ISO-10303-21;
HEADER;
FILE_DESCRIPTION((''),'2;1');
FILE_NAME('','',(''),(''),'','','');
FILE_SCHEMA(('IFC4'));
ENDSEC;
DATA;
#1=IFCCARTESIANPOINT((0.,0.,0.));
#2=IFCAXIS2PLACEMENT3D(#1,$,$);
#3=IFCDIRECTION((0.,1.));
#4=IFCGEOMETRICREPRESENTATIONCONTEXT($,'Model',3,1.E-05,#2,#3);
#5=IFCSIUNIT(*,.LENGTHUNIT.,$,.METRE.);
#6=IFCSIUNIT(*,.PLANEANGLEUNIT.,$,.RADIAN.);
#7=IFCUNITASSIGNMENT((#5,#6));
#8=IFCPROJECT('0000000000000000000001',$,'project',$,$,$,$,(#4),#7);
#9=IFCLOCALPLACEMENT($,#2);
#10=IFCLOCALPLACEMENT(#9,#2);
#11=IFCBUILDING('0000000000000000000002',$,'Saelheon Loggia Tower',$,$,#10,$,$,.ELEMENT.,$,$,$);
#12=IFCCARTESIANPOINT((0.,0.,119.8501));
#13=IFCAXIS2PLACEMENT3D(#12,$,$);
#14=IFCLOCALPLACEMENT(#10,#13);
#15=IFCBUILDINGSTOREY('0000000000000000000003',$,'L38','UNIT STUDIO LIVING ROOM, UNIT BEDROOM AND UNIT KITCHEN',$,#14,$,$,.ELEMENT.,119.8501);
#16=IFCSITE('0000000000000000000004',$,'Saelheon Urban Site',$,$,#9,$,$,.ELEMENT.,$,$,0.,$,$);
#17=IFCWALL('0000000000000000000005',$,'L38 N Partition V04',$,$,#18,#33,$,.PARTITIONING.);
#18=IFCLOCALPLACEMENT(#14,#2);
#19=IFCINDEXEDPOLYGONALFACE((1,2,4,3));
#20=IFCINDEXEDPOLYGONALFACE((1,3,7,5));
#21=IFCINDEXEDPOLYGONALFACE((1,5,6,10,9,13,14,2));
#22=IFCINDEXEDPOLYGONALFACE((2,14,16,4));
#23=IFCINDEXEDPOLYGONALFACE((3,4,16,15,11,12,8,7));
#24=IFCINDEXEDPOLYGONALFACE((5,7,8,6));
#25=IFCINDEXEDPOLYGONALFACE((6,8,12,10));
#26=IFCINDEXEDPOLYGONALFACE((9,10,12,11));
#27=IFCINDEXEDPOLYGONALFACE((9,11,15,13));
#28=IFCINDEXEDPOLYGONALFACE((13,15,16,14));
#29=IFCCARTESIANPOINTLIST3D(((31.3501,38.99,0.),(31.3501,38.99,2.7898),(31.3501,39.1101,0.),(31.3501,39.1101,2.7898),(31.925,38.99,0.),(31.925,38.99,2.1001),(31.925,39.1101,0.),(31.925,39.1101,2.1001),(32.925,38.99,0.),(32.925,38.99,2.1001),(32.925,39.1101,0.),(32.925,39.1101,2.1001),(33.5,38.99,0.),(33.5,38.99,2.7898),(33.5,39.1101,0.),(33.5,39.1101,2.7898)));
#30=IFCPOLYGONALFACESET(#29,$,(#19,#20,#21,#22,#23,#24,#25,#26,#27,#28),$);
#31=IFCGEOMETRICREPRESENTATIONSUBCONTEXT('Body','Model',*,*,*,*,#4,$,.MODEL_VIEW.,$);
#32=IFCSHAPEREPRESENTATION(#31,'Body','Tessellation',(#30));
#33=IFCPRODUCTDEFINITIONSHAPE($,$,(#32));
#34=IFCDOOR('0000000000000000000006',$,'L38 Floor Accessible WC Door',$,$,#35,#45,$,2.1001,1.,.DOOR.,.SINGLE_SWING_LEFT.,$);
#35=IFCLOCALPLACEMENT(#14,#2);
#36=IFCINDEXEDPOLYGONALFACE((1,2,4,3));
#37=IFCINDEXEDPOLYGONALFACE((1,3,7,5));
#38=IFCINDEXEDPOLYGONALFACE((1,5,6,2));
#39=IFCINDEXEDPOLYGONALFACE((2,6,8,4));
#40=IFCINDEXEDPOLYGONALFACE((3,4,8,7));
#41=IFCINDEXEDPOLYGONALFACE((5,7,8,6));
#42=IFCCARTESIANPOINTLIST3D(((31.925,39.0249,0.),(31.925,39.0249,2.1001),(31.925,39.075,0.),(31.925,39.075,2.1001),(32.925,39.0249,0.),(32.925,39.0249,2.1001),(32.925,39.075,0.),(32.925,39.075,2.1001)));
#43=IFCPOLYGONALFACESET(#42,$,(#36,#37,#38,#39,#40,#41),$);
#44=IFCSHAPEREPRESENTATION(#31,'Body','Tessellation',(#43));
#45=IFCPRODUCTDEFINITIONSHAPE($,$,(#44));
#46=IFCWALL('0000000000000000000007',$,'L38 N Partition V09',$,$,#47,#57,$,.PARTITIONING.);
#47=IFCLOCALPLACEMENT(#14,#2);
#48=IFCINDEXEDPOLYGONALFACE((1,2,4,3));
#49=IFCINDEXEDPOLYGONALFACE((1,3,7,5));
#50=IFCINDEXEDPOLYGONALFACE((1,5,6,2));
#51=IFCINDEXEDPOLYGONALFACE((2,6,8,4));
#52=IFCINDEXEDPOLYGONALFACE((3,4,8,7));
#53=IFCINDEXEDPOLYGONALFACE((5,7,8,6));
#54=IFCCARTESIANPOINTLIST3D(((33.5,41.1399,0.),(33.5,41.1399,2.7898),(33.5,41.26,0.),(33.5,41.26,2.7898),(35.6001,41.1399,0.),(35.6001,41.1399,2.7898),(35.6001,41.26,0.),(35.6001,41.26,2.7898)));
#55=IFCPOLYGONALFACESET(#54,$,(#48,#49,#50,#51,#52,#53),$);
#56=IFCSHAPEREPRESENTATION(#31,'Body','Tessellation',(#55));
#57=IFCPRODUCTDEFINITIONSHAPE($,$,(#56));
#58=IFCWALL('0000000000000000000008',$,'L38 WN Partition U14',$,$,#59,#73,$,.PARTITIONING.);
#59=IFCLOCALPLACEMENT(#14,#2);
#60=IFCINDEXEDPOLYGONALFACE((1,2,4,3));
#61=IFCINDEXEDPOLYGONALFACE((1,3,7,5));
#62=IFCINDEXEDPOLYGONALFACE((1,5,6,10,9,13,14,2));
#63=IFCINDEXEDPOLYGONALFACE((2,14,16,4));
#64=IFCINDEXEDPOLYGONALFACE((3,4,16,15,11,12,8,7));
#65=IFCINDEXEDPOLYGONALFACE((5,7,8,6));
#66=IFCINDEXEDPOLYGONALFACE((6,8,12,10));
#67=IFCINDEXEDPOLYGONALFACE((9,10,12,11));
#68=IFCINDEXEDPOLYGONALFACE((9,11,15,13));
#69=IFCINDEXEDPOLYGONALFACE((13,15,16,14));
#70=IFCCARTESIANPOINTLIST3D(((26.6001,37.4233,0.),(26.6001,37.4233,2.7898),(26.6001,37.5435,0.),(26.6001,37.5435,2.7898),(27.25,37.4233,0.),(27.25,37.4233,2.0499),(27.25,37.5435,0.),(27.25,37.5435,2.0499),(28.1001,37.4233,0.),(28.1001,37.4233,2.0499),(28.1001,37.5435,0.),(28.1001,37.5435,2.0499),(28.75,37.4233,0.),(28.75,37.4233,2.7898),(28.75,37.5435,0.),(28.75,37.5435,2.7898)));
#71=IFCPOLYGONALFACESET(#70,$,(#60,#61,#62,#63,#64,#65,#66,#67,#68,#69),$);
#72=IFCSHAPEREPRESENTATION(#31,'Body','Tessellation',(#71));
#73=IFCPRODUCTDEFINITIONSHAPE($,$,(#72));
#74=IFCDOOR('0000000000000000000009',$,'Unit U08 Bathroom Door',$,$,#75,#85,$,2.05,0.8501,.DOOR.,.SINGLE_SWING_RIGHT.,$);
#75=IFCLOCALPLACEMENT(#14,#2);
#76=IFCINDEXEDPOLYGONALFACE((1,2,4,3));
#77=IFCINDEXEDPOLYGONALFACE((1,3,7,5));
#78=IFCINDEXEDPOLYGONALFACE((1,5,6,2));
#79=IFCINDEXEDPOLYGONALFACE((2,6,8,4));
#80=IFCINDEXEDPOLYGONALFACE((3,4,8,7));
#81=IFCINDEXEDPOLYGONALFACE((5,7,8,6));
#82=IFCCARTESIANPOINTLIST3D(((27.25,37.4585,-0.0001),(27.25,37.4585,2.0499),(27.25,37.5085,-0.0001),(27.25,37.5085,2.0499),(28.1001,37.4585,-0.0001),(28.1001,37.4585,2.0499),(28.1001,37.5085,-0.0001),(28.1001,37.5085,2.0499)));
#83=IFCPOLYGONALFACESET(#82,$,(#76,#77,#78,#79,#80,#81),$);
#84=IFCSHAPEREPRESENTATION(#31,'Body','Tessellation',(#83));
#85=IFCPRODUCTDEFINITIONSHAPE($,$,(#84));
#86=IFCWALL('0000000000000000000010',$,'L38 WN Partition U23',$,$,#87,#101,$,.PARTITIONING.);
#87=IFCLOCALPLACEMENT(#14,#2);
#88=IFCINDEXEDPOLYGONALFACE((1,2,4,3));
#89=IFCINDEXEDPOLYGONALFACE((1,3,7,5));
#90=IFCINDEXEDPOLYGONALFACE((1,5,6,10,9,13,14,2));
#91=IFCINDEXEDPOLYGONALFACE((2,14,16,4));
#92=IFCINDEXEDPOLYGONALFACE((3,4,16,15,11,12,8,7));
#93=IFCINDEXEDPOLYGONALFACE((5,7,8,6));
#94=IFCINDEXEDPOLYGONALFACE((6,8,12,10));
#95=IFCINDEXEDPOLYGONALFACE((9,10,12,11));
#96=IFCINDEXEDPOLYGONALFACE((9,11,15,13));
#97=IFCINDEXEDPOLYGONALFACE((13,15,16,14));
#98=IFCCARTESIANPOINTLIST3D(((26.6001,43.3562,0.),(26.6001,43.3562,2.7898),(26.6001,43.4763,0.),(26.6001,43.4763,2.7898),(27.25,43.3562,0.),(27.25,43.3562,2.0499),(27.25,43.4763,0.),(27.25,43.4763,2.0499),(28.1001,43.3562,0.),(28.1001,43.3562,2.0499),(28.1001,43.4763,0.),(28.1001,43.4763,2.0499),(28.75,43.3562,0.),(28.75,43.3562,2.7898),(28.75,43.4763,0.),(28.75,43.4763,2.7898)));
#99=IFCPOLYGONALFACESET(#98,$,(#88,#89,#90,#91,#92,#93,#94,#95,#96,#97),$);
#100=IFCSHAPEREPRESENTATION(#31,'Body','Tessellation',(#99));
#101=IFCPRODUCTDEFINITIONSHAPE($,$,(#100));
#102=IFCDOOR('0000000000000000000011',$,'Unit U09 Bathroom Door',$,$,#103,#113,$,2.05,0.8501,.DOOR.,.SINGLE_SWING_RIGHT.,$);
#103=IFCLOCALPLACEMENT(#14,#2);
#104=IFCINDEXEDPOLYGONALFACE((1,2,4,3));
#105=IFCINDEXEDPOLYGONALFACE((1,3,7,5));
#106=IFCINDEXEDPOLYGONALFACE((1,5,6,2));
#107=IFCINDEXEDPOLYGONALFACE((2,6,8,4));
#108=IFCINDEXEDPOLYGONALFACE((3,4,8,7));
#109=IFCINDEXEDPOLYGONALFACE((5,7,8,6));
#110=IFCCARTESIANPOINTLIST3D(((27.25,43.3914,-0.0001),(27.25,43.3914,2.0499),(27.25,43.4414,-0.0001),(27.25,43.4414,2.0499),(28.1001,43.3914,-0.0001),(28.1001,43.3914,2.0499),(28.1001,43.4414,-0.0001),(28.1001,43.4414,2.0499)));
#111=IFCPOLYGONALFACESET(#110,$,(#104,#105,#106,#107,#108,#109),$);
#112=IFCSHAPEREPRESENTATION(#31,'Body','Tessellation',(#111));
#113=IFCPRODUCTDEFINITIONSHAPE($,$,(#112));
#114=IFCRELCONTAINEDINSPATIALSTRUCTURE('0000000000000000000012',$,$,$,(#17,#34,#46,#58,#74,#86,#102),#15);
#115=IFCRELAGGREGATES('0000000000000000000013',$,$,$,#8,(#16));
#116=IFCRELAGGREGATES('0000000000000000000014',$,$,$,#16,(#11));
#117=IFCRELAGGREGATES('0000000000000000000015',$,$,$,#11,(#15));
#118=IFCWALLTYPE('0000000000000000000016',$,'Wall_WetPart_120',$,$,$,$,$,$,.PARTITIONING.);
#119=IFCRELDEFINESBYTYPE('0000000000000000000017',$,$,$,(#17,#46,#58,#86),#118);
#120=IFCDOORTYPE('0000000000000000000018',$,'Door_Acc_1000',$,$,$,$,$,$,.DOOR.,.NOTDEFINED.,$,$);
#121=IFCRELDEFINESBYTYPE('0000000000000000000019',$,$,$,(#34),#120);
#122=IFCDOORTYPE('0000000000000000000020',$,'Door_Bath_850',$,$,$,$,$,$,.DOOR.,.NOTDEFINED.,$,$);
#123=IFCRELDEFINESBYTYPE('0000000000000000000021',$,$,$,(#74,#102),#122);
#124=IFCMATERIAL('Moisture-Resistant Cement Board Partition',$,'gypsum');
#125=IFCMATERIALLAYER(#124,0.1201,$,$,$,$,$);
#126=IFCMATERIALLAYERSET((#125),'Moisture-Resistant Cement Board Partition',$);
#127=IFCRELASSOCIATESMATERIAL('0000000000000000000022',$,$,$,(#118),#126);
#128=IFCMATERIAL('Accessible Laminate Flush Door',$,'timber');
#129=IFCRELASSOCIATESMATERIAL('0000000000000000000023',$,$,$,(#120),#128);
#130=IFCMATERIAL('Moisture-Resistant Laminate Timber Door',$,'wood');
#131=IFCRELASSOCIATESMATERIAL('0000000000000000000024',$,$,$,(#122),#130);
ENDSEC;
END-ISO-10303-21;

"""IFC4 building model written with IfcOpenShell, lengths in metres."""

from ifc_helpers import new_model, si_unit, direction, frame, frame_2d, origin, place, context, subcontext, project, spatial, rectangle, extrude, source, transform, mapped, material, layer, layer_set, type_object, element, fill, save


model = new_model("IFC4")

# Units and contexts
model_context = context("Model", 3, precision=1e-05, world=origin(), true_north=direction((0.0, 1.0)))
body_context = subcontext(model_context, "Body", "Model", "MODEL_VIEW")
ifc_project = project(units=[si_unit("LENGTHUNIT", "METRE"), si_unit("PLANEANGLEUNIT", "RADIAN")], contexts=[model_context])

# Site, building, storey
site_placement = place(None, origin())
site = spatial("IfcSite", under=ifc_project, at=site_placement, Name="Saelheon Urban Site", CompositionType="ELEMENT", RefElevation=0.0)
building_placement = place(site_placement, origin())
building = spatial("IfcBuilding", under=site, at=building_placement, Name="Saelheon Loggia Tower", CompositionType="ELEMENT")
storey_placement = place(building_placement, frame((0.0, 0.0, 119.8501)))
storey = spatial("IfcBuildingStorey", under=building, at=storey_placement, Name="L38", Description="UNIT STUDIO LIVING ROOM, UNIT BEDROOM AND UNIT KITCHEN", CompositionType="ELEMENT", Elevation=119.8501)

# Wall, opening, door
ifc_material_1 = material(Name="Moisture-Resistant Cement Board Partition", Category="gypsum")
ifc_layer_1 = layer(ifc_material_1, 0.1201)
ifc_layer_set_1 = layer_set([ifc_layer_1], Name="Moisture-Resistant Cement Board Partition")
wall_type_1 = type_object("IfcWallType", Name="Wall_WetPart_120", PredefinedType="PARTITIONING", material=ifc_layer_set_1)
wall_1_placement = place(storey_placement, frame((31.3501, 39.05, 0.0), z_axis=(0.0, 0.0, 1.0), x_axis=(1.0, 0.0, 0.0)))
wall_1 = element("IfcWall", 1, at=wall_1_placement, inside=storey, type_object=wall_type_1, Name="L38 N Partition V04", PredefinedType="PARTITIONING", context=body_context, shape_type="SweptSolid", body=[
    extrude(rectangle(XDim=2.1499, YDim=0.1201, at=frame_2d((1.075, 0.0))), origin(), (0.0, 0.0, 1.0), 2.7898),
])
opening_1_placement = place(wall_1_placement, frame((0.575, 0.0, 0.0)))
opening_1 = element("IfcOpeningElement", 2, at=opening_1_placement, cuts=wall_1, PredefinedType="OPENING", context=body_context, shape_type="SweptSolid", body=[
    extrude(rectangle(XDim=1.0, YDim=2.1001, at=frame_2d((0.5, 1.05))), frame((0.0, 0.072, 0.0), z_axis=(0.0, -1.0, 0.0), x_axis=(1.0, 0.0, 0.0)), (0.0, 0.0, 1.0), 0.144),
])
ifc_material_2 = material(Name="Accessible Laminate Flush Door", Category="timber")
door_type_1 = type_object("IfcDoorType", Name="Door_Acc_1000", OperationType="NOTDEFINED", PredefinedType="DOOR", material=ifc_material_2)
shared_shape_1 = source(origin(), body_context, "Body", "SweptSolid", [
    extrude(rectangle(XDim=1.0, YDim=2.1001, at=frame_2d((0.5, 1.05))), frame((0.0, 0.0249, 0.0), z_axis=(0.0, -1.0, 0.0), x_axis=(1.0, 0.0, 0.0)), (0.0, 0.0, 1.0), 0.05),
])
door_1_placement = place(opening_1_placement, origin())
door_1 = element("IfcDoor", 3, at=door_1_placement, inside=storey, type_object=door_type_1, Name="L38 Floor Accessible WC Door", OperationType="SINGLE_SWING_LEFT", OverallHeight=2.1001, OverallWidth=1.0, PredefinedType="DOOR", context=body_context, shape_type="MappedRepresentation", body=[
    mapped(shared_shape_1, transform((0.0, 0.0, 0.0), scale=1.0)),
])
fill(opening_1, door_1)

# Wall
wall_2_placement = place(storey_placement, frame((33.5, 41.2, 0.0), z_axis=(0.0, 0.0, 1.0), x_axis=(1.0, 0.0, 0.0)))
element("IfcWall", 4, at=wall_2_placement, inside=storey, type_object=wall_type_1, Name="L38 N Partition V09", PredefinedType="PARTITIONING", context=body_context, shape_type="SweptSolid", body=[
    extrude(rectangle(XDim=2.1001, YDim=0.1201, at=frame_2d((1.05, 0.0))), origin(), (0.0, 0.0, 1.0), 2.7898),
])

# Walls, openings, doors
wall_3_placement = place(storey_placement, frame((28.75, 37.4834, 0.0), z_axis=(0.0, 0.0, 1.0), x_axis=(-1.0, 0.0, 0.0)))
wall_3 = element("IfcWall", 5, at=wall_3_placement, inside=storey, type_object=wall_type_1, Name="L38 WN Partition U14", PredefinedType="PARTITIONING", context=body_context, shape_type="SweptSolid", body=[
    extrude(rectangle(XDim=2.1499, YDim=0.1201, at=frame_2d((1.075, 0.0))), origin(), (0.0, 0.0, 1.0), 2.7898),
])
opening_2_placement = place(wall_3_placement, frame((0.6499, 0.0, 0.0)))
opening_2 = element("IfcOpeningElement", 6, at=opening_2_placement, cuts=wall_3, PredefinedType="OPENING", context=body_context, shape_type="SweptSolid", body=[
    extrude(rectangle(XDim=0.8501, YDim=2.05, at=frame_2d((0.425, 1.0249))), frame((0.0, 0.072, 0.0), z_axis=(0.0, -1.0, 0.0), x_axis=(1.0, 0.0, 0.0)), (0.0, 0.0, 1.0), 0.144),
])
ifc_material_3 = material(Name="Moisture-Resistant Laminate Timber Door", Category="wood")
door_type_2 = type_object("IfcDoorType", Name="Door_Bath_850", OperationType="NOTDEFINED", PredefinedType="DOOR", material=ifc_material_3)
shared_shape_2 = source(origin(), body_context, "Body", "SweptSolid", [
    extrude(rectangle(XDim=0.8501, YDim=2.05, at=frame_2d((0.425, 1.0249))), frame((0.0, 0.0249, 0.0), z_axis=(0.0, -1.0, 0.0), x_axis=(1.0, 0.0, 0.0)), (0.0, 0.0, 1.0), 0.05),
])
door_2_placement = place(opening_2_placement, origin())
door_2 = element("IfcDoor", 7, at=door_2_placement, inside=storey, type_object=door_type_2, Name="Unit U08 Bathroom Door", OperationType="SINGLE_SWING_RIGHT", OverallHeight=2.05, OverallWidth=0.8501, PredefinedType="DOOR", context=body_context, shape_type="MappedRepresentation", body=[
    mapped(shared_shape_2, transform((0.0, 0.0, 0.0), scale=1.0)),
])
fill(opening_2, door_2)
wall_4_placement = place(storey_placement, frame((28.75, 43.4163, 0.0), z_axis=(0.0, 0.0, 1.0), x_axis=(-1.0, 0.0, 0.0)))
wall_4 = element("IfcWall", 8, at=wall_4_placement, inside=storey, type_object=wall_type_1, Name="L38 WN Partition U23", PredefinedType="PARTITIONING", context=body_context, shape_type="SweptSolid", body=[
    extrude(rectangle(XDim=2.1499, YDim=0.1201, at=frame_2d((1.075, 0.0))), origin(), (0.0, 0.0, 1.0), 2.7898),
])
opening_3_placement = place(wall_4_placement, frame((0.6499, 0.0, 0.0)))
opening_3 = element("IfcOpeningElement", 9, at=opening_3_placement, cuts=wall_4, PredefinedType="OPENING", context=body_context, shape_type="SweptSolid", body=[
    extrude(rectangle(XDim=0.8501, YDim=2.05, at=frame_2d((0.425, 1.0249))), frame((0.0, 0.072, 0.0), z_axis=(0.0, -1.0, 0.0), x_axis=(1.0, 0.0, 0.0)), (0.0, 0.0, 1.0), 0.144),
])
door_3_placement = place(opening_3_placement, origin())
door_3 = element("IfcDoor", 10, at=door_3_placement, inside=storey, type_object=door_type_2, Name="Unit U09 Bathroom Door", OperationType="SINGLE_SWING_RIGHT", OverallHeight=2.05, OverallWidth=0.8501, PredefinedType="DOOR", context=body_context, shape_type="MappedRepresentation", body=[
    mapped(shared_shape_2, transform((0.0, 0.0, 0.0), scale=1.0)),
])
fill(opening_3, door_3)

save(model, "model.ifc")
